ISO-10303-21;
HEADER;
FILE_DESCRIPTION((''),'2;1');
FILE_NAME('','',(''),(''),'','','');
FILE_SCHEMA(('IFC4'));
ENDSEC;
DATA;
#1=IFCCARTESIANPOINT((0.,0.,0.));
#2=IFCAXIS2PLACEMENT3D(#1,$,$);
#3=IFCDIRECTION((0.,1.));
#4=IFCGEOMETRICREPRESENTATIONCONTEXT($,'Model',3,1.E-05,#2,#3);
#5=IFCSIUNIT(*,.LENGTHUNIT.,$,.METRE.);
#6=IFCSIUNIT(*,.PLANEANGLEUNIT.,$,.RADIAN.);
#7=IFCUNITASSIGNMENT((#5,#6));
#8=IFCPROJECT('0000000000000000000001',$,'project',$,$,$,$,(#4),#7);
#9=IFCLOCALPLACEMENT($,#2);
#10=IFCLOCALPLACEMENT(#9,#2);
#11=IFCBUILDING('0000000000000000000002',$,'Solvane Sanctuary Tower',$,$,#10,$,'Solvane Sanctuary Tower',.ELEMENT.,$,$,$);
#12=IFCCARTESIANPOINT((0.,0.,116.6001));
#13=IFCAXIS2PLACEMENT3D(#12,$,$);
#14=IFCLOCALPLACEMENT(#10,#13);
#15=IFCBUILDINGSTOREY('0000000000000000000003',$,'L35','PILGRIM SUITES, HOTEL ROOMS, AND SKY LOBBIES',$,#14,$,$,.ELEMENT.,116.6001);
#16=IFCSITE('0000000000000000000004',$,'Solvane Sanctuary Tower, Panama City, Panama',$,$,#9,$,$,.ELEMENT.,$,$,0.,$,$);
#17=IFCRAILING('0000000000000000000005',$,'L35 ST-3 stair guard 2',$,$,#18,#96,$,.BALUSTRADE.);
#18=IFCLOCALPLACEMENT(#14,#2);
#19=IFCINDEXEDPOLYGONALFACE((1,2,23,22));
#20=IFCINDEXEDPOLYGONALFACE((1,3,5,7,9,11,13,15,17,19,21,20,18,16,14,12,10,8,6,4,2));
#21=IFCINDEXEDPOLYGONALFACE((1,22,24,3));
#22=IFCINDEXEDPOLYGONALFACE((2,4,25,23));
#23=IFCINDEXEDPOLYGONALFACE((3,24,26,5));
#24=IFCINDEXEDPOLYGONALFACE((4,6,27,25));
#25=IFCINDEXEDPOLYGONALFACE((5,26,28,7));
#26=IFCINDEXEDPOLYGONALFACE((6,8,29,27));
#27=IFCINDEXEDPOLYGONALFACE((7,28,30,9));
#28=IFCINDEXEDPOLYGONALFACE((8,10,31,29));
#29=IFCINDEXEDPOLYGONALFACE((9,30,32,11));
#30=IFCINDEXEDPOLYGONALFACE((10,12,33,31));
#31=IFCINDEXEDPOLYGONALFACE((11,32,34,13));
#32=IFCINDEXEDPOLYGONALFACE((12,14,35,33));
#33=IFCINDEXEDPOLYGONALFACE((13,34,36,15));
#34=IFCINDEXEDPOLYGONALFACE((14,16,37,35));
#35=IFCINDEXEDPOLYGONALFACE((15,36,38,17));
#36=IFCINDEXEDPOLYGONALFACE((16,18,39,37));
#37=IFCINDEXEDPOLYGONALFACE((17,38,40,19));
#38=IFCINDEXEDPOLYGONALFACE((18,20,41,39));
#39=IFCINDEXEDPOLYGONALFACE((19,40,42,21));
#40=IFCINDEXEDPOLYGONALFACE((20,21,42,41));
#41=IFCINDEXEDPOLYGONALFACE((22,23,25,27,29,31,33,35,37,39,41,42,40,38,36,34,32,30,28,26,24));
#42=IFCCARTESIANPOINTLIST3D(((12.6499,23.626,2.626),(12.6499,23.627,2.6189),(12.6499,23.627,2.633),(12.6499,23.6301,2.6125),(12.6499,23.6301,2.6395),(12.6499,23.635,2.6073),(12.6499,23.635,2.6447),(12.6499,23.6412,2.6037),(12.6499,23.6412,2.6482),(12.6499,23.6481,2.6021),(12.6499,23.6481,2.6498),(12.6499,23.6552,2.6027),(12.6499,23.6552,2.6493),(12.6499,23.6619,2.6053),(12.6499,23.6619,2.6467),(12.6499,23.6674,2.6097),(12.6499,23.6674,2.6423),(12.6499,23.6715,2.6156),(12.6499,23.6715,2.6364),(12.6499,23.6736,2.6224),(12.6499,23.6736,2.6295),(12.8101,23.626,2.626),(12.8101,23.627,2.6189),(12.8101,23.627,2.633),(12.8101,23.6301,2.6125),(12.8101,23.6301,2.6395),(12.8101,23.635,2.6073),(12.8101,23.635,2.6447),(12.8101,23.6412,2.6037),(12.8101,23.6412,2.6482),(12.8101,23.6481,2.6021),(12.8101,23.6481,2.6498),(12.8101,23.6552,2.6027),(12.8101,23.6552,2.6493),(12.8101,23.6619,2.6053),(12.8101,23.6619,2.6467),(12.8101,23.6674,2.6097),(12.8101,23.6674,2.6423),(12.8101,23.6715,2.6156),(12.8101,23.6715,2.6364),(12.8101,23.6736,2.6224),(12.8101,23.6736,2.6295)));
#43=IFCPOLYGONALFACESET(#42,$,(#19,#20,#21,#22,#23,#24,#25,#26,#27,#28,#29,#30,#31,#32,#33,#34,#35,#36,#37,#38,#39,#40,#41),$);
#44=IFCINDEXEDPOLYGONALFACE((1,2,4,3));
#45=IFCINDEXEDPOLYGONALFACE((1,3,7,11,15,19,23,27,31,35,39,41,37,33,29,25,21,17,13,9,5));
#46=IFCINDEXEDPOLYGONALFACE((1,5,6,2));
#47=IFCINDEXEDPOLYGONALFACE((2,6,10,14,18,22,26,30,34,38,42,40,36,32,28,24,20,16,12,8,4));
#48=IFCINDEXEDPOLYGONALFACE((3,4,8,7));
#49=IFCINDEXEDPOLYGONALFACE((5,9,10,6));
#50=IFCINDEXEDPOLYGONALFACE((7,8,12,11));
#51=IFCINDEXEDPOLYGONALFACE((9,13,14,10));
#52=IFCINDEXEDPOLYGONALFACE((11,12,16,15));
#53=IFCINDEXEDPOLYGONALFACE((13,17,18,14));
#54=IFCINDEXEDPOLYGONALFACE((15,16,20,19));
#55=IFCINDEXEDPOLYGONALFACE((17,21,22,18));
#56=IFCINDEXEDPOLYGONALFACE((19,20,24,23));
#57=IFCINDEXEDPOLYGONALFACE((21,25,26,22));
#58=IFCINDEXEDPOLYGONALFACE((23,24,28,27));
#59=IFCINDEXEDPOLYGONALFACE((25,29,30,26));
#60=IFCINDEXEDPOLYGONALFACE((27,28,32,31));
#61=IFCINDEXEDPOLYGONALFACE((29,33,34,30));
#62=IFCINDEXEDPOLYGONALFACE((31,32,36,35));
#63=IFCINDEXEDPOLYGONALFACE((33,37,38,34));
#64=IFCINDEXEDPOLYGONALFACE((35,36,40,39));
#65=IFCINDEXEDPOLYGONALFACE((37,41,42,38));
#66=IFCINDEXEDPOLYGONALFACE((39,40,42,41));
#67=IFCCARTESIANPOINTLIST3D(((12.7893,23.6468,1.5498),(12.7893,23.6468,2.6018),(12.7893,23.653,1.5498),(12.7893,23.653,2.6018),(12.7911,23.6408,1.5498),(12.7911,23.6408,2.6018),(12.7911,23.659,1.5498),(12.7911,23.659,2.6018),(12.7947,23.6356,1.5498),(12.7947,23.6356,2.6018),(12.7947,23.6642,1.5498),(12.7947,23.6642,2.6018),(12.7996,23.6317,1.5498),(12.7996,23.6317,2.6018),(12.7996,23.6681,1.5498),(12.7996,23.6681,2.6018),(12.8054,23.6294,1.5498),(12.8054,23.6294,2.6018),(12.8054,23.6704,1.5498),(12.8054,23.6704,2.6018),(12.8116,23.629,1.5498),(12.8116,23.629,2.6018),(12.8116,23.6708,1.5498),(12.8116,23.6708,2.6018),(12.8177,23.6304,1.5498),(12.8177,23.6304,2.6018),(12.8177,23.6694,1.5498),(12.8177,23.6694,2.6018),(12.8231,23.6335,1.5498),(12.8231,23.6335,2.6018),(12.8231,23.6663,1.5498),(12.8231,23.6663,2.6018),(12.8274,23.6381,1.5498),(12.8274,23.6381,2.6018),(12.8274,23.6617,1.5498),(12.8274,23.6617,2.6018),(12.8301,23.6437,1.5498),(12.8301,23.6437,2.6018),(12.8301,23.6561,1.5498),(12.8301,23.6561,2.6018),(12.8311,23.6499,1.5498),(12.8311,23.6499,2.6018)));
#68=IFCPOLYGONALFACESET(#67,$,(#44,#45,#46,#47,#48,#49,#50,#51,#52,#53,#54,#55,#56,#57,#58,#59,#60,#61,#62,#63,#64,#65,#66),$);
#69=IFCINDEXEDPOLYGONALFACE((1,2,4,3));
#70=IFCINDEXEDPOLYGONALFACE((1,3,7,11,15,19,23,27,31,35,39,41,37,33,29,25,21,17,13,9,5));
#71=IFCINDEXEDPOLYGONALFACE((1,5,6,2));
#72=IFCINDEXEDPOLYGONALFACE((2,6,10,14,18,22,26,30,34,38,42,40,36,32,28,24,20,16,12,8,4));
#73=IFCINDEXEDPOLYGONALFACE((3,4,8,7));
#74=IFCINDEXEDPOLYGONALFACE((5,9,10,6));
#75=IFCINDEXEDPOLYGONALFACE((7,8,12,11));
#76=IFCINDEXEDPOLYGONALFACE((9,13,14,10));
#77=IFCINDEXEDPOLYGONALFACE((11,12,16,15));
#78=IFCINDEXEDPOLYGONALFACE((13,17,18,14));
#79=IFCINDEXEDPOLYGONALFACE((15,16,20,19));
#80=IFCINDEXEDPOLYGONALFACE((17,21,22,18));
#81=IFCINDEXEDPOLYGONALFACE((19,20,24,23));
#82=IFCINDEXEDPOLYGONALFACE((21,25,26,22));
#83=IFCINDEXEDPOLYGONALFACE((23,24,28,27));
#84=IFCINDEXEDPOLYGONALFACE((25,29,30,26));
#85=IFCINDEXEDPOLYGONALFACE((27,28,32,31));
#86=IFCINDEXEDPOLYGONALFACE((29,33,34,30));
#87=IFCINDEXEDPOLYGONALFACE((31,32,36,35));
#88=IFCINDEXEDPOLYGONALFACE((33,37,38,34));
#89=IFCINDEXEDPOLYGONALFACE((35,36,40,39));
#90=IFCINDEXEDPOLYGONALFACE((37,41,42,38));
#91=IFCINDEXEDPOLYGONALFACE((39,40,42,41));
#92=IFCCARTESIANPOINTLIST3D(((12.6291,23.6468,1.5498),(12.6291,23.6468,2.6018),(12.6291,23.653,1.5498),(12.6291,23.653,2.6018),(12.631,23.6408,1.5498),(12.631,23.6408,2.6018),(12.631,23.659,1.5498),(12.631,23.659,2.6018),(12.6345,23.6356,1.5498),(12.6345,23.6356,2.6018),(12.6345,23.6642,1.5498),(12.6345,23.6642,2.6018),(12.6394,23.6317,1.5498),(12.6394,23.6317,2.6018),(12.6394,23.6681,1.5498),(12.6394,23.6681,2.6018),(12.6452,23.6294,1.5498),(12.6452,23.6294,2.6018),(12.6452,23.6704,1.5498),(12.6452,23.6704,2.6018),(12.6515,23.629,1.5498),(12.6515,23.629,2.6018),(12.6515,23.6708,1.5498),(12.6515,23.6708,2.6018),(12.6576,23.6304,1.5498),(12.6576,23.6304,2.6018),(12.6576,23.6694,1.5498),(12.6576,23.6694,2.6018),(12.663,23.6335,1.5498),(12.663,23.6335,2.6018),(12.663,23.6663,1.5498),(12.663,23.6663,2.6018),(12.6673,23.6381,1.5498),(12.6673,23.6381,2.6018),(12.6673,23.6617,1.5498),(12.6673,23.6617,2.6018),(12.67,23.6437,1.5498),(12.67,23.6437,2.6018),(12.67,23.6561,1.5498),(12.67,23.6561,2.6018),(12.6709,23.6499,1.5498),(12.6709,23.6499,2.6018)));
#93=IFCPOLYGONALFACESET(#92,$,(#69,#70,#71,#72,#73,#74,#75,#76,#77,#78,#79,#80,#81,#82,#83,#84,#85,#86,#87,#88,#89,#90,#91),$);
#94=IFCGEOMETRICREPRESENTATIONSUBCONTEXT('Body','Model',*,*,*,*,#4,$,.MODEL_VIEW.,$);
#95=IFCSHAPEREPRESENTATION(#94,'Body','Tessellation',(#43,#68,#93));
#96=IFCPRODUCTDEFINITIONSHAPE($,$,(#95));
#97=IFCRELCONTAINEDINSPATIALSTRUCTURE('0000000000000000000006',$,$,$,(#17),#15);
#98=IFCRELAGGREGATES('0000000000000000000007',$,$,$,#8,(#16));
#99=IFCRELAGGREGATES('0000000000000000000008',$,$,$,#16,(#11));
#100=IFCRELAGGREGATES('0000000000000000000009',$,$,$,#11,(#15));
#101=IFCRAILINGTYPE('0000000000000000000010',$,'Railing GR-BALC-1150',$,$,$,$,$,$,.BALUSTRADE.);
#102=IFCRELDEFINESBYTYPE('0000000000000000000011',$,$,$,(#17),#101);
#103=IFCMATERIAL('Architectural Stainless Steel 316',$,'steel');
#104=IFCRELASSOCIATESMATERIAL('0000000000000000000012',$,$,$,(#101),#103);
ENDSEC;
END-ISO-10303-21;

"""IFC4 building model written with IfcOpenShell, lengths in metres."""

from ifc_helpers import new_model, si_unit, direction, frame, origin, origin_2d, place, context, subcontext, project, spatial, circle, extrude, material, type_object, element, save


model = new_model("IFC4")

# Units and contexts
model_context = context("Model", 3, precision=1e-05, world=origin(), true_north=direction((0.0, 1.0)))
body_context = subcontext(model_context, "Body", "Model", "MODEL_VIEW")
ifc_project = project(units=[si_unit("LENGTHUNIT", "METRE"), si_unit("PLANEANGLEUNIT", "RADIAN")], contexts=[model_context])

# Site, building, storey
site_placement = place(None, origin())
site = spatial("IfcSite", under=ifc_project, at=site_placement, Name="Solvane Sanctuary Tower, Panama City, Panama", CompositionType="ELEMENT", RefElevation=0.0)
building_placement = place(site_placement, origin())
building = spatial("IfcBuilding", under=site, at=building_placement, Name="Solvane Sanctuary Tower", LongName="Solvane Sanctuary Tower", CompositionType="ELEMENT")
storey_placement = place(building_placement, frame((0.0, 0.0, 116.6001)))
storey = spatial("IfcBuildingStorey", under=building, at=storey_placement, Name="L35", Description="PILGRIM SUITES, HOTEL ROOMS, AND SKY LOBBIES", CompositionType="ELEMENT", Elevation=116.6001)

# Railing
ifc_material_1 = material(Name="Architectural Stainless Steel 316", Category="steel")
railing_type_1 = type_object("IfcRailingType", Name="Railing GR-BALC-1150", PredefinedType="BALUSTRADE", material=ifc_material_1)
railing_1_placement = place(storey_placement, frame((12.8101, 23.6499, 1.5498)))
element("IfcRailing", 1, at=railing_1_placement, inside=storey, type_object=railing_type_1, Name="L35 ST-3 stair guard 2", PredefinedType="BALUSTRADE", context=body_context, shape_type="SweptSolid", body=[
    extrude(circle(Radius=0.0239, at=origin_2d()), frame((0.0, 0.0, 1.0762), z_axis=(-1.0, 0.0, 0.0), x_axis=(0.0, -1.0, 0.0)), (0.0, 0.0, 1.0), 0.1602),
    extrude(circle(Radius=0.021, at=origin_2d()), origin(), (0.0, 0.0, 1.0), 1.052),
    extrude(circle(Radius=0.021, at=origin_2d()), frame((-0.1602, 0.0, 0.0)), (0.0, 0.0, 1.0), 1.052),
])

save(model, "model.ifc")
